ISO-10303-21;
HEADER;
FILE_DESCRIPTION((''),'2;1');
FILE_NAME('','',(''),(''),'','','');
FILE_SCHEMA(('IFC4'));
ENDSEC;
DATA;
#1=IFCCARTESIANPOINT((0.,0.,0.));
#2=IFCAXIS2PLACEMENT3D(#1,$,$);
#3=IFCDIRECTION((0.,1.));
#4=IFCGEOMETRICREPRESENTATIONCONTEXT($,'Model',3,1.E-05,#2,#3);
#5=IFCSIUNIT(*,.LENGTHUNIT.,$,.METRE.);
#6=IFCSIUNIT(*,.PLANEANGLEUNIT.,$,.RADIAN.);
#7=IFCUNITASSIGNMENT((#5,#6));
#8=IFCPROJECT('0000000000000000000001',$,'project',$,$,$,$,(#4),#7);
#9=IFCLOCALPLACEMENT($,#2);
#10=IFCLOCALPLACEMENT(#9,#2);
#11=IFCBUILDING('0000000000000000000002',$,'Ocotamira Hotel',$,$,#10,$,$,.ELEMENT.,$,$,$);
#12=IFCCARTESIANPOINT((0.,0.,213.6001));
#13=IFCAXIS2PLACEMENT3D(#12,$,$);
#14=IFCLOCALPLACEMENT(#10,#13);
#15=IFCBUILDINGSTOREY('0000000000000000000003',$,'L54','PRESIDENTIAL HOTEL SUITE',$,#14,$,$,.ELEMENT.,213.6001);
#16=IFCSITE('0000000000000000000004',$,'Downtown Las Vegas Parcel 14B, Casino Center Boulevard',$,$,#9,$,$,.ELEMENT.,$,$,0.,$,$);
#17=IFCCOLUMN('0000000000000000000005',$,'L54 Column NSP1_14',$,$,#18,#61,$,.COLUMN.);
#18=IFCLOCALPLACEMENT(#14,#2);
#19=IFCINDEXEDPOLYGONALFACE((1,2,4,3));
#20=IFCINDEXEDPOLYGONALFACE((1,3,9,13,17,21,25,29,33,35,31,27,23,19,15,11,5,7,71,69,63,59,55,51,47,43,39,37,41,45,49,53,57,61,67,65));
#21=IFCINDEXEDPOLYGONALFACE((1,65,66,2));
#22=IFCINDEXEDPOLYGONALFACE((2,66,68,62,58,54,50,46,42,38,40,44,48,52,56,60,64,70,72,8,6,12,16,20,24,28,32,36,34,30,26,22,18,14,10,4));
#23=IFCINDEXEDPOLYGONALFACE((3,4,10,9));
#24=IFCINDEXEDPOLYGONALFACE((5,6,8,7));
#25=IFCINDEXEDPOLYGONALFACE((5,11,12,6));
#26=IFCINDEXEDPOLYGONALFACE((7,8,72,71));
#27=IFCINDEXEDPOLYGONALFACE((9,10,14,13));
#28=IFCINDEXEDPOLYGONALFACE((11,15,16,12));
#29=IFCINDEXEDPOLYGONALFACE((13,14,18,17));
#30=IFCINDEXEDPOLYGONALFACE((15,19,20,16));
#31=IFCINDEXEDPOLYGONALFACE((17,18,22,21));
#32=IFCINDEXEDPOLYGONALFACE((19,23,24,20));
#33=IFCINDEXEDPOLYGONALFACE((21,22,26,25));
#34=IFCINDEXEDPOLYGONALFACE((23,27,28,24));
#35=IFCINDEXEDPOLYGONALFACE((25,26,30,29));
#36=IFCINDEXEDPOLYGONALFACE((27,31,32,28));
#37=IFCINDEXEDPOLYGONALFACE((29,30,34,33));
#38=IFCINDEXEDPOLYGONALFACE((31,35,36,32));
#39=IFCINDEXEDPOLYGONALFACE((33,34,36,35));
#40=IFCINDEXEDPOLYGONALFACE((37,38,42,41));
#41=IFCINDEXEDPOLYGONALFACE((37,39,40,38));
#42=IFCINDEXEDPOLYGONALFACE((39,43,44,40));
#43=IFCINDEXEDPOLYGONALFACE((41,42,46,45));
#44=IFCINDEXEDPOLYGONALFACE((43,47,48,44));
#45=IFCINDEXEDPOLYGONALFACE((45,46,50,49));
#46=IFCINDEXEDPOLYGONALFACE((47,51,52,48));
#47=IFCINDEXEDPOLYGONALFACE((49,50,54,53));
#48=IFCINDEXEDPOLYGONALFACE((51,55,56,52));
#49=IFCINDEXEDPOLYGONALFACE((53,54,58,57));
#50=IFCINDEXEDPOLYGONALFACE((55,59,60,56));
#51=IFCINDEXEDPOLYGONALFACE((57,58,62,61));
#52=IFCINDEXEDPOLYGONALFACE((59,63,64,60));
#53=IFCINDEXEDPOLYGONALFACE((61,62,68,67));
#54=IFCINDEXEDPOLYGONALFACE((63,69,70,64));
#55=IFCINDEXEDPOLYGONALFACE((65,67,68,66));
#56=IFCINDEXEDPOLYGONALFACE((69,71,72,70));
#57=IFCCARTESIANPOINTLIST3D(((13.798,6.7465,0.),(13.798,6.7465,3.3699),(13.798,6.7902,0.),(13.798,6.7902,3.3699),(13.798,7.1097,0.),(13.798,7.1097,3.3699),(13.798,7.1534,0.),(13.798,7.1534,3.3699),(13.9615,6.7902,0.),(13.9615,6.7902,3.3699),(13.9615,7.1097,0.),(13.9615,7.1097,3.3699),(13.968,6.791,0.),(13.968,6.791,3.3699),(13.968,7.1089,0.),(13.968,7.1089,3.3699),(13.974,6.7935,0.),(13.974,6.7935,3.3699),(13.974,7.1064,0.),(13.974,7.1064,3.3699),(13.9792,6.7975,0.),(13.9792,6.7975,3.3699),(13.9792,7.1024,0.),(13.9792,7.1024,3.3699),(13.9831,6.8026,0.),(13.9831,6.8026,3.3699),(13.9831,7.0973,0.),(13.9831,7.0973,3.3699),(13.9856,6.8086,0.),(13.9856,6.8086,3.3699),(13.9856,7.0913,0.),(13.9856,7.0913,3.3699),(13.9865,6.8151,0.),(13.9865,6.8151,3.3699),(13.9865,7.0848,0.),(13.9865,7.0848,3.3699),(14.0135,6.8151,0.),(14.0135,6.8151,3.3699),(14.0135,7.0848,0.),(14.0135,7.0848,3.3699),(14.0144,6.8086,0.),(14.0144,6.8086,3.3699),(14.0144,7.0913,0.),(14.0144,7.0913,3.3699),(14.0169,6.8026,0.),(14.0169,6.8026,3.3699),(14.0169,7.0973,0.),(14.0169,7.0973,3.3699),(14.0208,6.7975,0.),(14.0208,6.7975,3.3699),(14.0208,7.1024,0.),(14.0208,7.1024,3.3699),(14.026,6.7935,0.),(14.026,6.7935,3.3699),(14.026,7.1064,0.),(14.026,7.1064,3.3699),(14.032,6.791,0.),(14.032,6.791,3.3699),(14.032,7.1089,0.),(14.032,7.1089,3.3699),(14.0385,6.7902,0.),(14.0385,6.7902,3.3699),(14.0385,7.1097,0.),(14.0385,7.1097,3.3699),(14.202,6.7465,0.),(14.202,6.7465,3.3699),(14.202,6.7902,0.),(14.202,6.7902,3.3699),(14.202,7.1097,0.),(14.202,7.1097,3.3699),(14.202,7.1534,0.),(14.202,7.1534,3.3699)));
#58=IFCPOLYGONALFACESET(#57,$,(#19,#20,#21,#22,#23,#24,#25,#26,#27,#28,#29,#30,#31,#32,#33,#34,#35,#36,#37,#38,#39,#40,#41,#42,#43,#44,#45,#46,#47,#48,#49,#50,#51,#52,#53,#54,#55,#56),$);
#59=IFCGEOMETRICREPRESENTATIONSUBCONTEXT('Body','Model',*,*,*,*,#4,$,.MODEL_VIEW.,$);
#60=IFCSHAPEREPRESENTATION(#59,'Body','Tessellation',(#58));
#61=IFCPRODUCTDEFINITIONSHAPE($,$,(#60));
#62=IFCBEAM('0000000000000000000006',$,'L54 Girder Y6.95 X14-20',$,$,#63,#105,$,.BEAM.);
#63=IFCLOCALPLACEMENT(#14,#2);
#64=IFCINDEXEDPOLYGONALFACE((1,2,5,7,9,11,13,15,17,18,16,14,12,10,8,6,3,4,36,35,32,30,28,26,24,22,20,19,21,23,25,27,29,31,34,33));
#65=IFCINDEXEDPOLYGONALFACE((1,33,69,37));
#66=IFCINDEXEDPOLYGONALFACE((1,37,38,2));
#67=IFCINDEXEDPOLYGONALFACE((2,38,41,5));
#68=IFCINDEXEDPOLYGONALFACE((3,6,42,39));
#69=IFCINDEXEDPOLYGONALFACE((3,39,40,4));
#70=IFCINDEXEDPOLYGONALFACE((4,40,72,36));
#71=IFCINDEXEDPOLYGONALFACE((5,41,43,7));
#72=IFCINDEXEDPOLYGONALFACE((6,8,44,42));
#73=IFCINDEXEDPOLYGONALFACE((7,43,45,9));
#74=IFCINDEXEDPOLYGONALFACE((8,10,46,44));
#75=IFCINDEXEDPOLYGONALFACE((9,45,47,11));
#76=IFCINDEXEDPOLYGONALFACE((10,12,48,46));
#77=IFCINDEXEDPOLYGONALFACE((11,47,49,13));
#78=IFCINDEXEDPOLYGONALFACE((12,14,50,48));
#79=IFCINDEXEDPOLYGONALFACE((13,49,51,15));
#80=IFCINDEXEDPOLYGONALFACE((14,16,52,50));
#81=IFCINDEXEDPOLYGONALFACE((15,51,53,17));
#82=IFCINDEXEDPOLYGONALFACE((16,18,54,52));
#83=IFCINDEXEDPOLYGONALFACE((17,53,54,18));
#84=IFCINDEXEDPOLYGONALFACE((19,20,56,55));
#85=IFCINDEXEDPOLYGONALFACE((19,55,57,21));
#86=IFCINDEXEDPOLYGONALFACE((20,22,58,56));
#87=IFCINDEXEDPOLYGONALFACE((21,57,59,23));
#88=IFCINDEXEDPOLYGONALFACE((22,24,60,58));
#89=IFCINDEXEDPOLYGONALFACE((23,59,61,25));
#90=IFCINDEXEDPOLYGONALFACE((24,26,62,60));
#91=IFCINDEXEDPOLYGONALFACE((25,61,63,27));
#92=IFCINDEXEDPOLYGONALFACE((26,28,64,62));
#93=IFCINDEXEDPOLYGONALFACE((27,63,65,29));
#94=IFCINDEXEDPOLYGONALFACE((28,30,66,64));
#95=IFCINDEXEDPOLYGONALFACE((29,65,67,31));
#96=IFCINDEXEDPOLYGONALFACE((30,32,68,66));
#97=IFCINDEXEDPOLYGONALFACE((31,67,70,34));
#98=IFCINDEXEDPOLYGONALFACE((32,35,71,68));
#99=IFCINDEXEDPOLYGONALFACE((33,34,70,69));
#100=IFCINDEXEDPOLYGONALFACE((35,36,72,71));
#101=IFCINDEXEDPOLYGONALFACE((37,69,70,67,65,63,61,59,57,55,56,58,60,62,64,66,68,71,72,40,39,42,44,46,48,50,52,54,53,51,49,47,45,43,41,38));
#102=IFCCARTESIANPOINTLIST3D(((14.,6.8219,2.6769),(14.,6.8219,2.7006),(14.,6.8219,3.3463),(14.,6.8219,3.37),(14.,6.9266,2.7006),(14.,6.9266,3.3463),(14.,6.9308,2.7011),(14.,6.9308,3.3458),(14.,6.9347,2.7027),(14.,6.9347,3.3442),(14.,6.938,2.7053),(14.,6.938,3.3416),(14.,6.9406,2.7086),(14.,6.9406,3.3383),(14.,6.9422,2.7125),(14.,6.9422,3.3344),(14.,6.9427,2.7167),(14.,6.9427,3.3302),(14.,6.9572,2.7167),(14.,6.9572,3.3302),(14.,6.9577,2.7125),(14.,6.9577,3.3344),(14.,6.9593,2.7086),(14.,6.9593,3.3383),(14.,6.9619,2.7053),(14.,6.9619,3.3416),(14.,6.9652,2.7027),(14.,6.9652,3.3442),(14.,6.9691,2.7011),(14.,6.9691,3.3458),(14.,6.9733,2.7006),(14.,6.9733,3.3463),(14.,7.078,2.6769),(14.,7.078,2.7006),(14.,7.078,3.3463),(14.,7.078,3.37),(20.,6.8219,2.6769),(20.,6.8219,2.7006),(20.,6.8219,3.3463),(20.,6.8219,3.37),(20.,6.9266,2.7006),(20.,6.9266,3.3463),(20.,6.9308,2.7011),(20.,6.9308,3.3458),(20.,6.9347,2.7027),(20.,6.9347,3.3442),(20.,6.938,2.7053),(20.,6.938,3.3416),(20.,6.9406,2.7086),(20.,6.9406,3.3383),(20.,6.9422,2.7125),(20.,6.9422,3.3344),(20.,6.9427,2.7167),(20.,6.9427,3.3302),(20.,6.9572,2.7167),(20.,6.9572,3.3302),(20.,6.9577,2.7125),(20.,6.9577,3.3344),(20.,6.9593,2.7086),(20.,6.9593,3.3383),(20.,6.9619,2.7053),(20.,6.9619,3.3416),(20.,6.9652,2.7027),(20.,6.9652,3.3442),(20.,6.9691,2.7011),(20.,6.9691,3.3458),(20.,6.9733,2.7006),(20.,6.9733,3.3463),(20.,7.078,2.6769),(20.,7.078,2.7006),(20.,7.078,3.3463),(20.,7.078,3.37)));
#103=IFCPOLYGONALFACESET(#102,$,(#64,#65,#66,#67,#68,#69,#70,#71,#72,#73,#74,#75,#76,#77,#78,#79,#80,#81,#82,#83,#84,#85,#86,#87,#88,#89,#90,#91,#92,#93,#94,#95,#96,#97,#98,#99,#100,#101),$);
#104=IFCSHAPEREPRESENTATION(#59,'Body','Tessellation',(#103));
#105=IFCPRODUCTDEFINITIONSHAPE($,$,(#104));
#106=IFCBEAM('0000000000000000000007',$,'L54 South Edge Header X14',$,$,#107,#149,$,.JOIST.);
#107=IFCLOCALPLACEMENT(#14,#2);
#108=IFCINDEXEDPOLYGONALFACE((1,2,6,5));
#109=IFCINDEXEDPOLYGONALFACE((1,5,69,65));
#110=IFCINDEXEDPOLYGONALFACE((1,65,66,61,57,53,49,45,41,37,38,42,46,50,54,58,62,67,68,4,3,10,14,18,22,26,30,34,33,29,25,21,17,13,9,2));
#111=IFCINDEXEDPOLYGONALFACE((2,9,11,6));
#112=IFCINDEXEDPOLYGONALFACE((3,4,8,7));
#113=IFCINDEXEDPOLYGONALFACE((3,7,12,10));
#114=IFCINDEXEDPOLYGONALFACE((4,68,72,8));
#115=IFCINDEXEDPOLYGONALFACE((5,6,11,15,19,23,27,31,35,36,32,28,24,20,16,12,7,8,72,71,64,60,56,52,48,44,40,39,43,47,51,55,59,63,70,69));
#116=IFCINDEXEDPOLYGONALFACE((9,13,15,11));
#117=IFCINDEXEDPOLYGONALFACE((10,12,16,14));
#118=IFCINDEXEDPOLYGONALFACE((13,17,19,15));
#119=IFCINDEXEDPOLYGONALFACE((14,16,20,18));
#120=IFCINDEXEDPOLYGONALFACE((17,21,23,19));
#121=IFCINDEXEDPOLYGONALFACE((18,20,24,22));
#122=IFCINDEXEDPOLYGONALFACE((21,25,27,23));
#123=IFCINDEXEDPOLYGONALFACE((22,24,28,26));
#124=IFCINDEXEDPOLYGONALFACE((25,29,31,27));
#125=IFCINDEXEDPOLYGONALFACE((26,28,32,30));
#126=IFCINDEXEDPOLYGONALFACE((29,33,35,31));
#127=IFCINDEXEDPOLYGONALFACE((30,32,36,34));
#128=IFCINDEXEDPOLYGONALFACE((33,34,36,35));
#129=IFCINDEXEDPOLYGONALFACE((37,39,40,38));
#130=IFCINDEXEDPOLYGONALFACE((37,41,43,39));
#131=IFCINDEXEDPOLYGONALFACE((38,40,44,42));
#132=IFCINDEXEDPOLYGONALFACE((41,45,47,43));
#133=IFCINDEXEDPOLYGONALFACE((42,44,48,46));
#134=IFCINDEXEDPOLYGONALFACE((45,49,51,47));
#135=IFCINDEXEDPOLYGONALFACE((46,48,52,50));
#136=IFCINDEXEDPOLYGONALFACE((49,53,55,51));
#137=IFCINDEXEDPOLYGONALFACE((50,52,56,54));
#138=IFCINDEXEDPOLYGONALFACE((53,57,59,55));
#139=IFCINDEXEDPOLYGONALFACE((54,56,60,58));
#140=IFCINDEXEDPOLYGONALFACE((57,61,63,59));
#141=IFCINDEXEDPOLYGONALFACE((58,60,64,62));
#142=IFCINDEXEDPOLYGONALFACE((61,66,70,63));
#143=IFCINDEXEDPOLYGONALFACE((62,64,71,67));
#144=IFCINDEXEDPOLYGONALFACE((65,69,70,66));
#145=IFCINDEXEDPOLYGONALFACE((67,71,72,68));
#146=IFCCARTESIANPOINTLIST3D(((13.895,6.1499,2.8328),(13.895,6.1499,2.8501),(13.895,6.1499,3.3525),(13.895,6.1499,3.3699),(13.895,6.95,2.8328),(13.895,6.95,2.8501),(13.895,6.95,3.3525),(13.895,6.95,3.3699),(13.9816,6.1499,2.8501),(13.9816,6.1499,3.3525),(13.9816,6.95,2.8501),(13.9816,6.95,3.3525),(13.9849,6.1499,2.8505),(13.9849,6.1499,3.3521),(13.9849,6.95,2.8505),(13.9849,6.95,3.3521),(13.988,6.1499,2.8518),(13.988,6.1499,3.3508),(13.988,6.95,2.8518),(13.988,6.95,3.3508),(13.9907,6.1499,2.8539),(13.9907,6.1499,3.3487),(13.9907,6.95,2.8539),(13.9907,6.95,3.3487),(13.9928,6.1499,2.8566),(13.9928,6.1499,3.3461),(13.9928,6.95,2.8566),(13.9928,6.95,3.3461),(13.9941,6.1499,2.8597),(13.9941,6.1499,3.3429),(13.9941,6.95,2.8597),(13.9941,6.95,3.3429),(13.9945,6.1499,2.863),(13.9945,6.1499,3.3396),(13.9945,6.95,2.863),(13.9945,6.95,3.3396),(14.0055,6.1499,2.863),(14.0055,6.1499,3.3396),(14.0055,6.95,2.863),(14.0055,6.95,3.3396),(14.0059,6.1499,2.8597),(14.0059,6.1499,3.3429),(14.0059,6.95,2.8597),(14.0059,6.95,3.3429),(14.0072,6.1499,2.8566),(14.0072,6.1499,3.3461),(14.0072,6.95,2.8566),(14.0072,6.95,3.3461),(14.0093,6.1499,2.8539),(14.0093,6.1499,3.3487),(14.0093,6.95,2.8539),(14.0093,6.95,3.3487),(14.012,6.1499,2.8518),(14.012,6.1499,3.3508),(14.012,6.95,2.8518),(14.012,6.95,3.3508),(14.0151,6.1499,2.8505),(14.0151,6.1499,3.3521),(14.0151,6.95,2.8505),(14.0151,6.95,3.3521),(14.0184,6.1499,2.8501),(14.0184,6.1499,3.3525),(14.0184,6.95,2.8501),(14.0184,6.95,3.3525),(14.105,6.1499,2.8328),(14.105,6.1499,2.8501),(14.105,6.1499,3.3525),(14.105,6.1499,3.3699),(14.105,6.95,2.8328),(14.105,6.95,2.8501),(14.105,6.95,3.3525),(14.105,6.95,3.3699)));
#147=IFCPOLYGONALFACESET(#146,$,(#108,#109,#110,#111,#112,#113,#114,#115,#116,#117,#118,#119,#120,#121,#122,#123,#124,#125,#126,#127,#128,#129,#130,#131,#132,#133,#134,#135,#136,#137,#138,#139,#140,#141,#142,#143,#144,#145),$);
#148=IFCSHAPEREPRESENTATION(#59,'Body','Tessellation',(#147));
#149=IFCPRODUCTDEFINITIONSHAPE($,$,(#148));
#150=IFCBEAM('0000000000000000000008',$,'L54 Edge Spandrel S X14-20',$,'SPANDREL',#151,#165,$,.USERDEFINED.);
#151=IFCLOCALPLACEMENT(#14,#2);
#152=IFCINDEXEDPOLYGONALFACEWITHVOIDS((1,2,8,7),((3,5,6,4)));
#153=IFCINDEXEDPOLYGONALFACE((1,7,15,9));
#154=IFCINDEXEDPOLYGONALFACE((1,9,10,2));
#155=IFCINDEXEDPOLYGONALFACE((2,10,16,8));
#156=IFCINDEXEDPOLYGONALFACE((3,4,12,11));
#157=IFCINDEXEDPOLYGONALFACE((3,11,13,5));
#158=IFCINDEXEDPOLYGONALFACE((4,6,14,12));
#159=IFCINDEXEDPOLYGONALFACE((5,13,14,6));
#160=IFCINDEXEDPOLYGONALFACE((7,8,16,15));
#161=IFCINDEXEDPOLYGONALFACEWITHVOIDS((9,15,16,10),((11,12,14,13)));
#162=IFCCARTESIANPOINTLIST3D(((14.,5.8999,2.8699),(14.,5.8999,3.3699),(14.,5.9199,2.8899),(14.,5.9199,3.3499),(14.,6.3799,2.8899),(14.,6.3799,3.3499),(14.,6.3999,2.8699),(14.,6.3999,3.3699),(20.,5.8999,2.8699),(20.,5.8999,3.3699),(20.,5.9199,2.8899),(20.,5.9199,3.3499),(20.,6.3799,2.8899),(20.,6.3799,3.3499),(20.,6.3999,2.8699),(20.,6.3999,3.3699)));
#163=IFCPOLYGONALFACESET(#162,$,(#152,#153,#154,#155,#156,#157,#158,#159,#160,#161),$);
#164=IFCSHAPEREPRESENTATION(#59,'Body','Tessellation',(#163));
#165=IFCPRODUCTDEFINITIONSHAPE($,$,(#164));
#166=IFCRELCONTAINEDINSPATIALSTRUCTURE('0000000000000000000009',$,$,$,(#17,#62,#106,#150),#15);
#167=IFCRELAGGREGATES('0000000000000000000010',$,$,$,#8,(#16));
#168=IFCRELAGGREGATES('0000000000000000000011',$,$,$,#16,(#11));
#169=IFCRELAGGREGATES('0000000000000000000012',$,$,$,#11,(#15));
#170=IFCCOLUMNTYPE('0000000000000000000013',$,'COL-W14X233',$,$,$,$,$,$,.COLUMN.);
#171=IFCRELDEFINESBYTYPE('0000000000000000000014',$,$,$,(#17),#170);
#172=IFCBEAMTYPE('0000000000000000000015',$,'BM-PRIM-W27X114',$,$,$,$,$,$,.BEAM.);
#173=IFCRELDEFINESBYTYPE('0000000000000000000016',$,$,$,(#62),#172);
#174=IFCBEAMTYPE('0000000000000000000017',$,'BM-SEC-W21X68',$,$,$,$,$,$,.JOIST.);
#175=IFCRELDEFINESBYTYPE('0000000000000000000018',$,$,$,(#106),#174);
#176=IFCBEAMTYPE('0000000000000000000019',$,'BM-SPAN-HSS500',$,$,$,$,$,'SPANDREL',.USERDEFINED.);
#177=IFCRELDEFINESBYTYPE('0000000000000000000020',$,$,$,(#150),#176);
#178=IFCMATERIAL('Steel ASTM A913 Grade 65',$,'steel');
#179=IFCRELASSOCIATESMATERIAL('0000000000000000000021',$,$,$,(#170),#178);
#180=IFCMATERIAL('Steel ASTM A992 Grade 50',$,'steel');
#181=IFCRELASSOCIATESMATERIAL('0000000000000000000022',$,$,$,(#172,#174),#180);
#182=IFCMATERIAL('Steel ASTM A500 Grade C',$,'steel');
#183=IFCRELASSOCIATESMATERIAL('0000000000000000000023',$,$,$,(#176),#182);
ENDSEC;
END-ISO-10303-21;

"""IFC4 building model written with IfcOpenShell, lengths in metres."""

from ifc_helpers import new_model, si_unit, direction, frame, origin, origin_2d, place, context, subcontext, project, spatial, hollow_rectangle, i_section, extrude, source, transform, mapped, material, material_profile, profile_set, type_object, element, save


model = new_model("IFC4")

# Units and contexts
model_context = context("Model", 3, precision=1e-05, world=origin(), true_north=direction((0.0, 1.0)))
body_context = subcontext(model_context, "Body", "Model", "MODEL_VIEW")
ifc_project = project(units=[si_unit("LENGTHUNIT", "METRE"), si_unit("PLANEANGLEUNIT", "RADIAN")], contexts=[model_context])

# Site, building, storey
site_placement = place(None, origin())
site = spatial("IfcSite", under=ifc_project, at=site_placement, Name="Downtown Las Vegas Parcel 14B, Casino Center Boulevard", CompositionType="ELEMENT", RefElevation=0.0)
building_placement = place(site_placement, origin())
building = spatial("IfcBuilding", under=site, at=building_placement, Name="Ocotamira Hotel", CompositionType="ELEMENT")
storey_placement = place(building_placement, frame((0.0, 0.0, 213.6001)))
storey = spatial("IfcBuildingStorey", under=building, at=storey_placement, Name="L54", Description="PRESIDENTIAL HOTEL SUITE", CompositionType="ELEMENT", Elevation=213.6001)

# Column
ifc_material_1 = material(Name="Steel ASTM A913 Grade 65", Category="steel")
ifc_material_profile_1 = material_profile(ifc_material_1, i_section(OverallWidth=0.4041, OverallDepth=0.407, WebThickness=0.0271, FlangeThickness=0.0437, FilletRadius=0.0249, at=origin_2d()), Name="W14X233")
ifc_profile_set_1 = profile_set([ifc_material_profile_1], Name="Steel ASTM A913 Grade 65")
column_type = type_object("IfcColumnType", Name="COL-W14X233", PredefinedType="COLUMN", material=ifc_profile_set_1)
shared_shape_1 = source(origin(), body_context, "Body", "SweptSolid", [
    extrude(i_section(OverallWidth=0.4041, OverallDepth=0.407, WebThickness=0.0271, FlangeThickness=0.0437, FilletRadius=0.0249, at=origin_2d()), origin(), (0.0, 0.0, 1.0), 3.3699),
])
column_placement = place(storey_placement, frame((14.0, 6.95, 0.0), z_axis=(0.0, 0.0, 1.0), x_axis=(1.0, 0.0, 0.0)))
element("IfcColumn", 1, at=column_placement, inside=storey, type_object=column_type, Name="L54 Column NSP1_14", PredefinedType="COLUMN", context=body_context, shape_type="MappedRepresentation", body=[
    mapped(shared_shape_1, transform((0.0, 0.0, 0.0), scale=1.0)),
])

# Beams
ifc_material_2 = material(Name="Steel ASTM A992 Grade 50", Category="steel")
ifc_material_profile_2 = material_profile(ifc_material_2, i_section(OverallWidth=0.2561, OverallDepth=0.6931, WebThickness=0.0144, FlangeThickness=0.0237, FilletRadius=0.0161, at=origin_2d()), Name="W27X114")
ifc_profile_set_2 = profile_set([ifc_material_profile_2], Name="Steel ASTM A992 Grade 50")
beam_type_1 = type_object("IfcBeamType", Name="BM-PRIM-W27X114", PredefinedType="BEAM", material=ifc_profile_set_2)
shared_shape_2 = source(origin(), body_context, "Body", "SweptSolid", [
    extrude(i_section(OverallWidth=0.2561, OverallDepth=0.6931, WebThickness=0.0144, FlangeThickness=0.0237, FilletRadius=0.0161, at=origin_2d()), origin(), (0.0, 0.0, 1.0), 6.0),
])
beam_1_placement = place(storey_placement, frame((14.0, 6.95, 3.0234), z_axis=(1.0, 0.0, 0.0), x_axis=(0.0, 1.0, 0.0)))
element("IfcBeam", 2, at=beam_1_placement, inside=storey, type_object=beam_type_1, Name="L54 Girder Y6.95 X14-20", PredefinedType="BEAM", context=body_context, shape_type="MappedRepresentation", body=[
    mapped(shared_shape_2, transform((0.0, 0.0, 0.0), scale=1.0)),
])
ifc_material_profile_3 = material_profile(ifc_material_2, i_section(OverallWidth=0.21, OverallDepth=0.5371, WebThickness=0.011, FlangeThickness=0.0173, FilletRadius=0.0129, at=origin_2d()), Name="W21X68")
ifc_profile_set_3 = profile_set([ifc_material_profile_3], Name="Steel ASTM A992 Grade 50")
beam_type_2 = type_object("IfcBeamType", Name="BM-SEC-W21X68", PredefinedType="JOIST", material=ifc_profile_set_3)
shared_shape_3 = source(origin(), body_context, "Body", "SweptSolid", [
    extrude(i_section(OverallWidth=0.21, OverallDepth=0.5371, WebThickness=0.011, FlangeThickness=0.0173, FilletRadius=0.0129, at=origin_2d()), origin(), (0.0, 0.0, 1.0), 0.8),
])
beam_2_placement = place(storey_placement, frame((14.0, 6.95, 3.1013), z_axis=(0.0, -1.0, 0.0), x_axis=(1.0, 0.0, 0.0)))
element("IfcBeam", 3, at=beam_2_placement, inside=storey, type_object=beam_type_2, Name="L54 South Edge Header X14", PredefinedType="JOIST", context=body_context, shape_type="MappedRepresentation", body=[
    mapped(shared_shape_3, transform((0.0, 0.0, 0.0), scale=1.0)),
])
ifc_material_3 = material(Name="Steel ASTM A500 Grade C", Category="steel")
ifc_material_profile_4 = material_profile(ifc_material_3, hollow_rectangle(XDim=0.5, YDim=0.5, WallThickness=0.02, at=origin_2d()), Name="HSS500X500X20")
ifc_profile_set_4 = profile_set([ifc_material_profile_4], Name="Steel ASTM A500 Grade C")
beam_type_3 = type_object("IfcBeamType", Name="BM-SPAN-HSS500", ElementType="SPANDREL", PredefinedType="USERDEFINED", material=ifc_profile_set_4)
shared_shape_4 = source(origin(), body_context, "Body", "SweptSolid", [
    extrude(hollow_rectangle(XDim=0.5, YDim=0.5, WallThickness=0.02, at=origin_2d()), origin(), (0.0, 0.0, 1.0), 6.0),
])
beam_3_placement = place(storey_placement, frame((14.0, 6.1499, 3.1199), z_axis=(1.0, 0.0, 0.0), x_axis=(0.0, 1.0, 0.0)))
element("IfcBeam", 4, at=beam_3_placement, inside=storey, type_object=beam_type_3, Name="L54 Edge Spandrel S X14-20", ObjectType="SPANDREL", PredefinedType="USERDEFINED", context=body_context, shape_type="MappedRepresentation", body=[
    mapped(shared_shape_4, transform((0.0, 0.0, 0.0), scale=1.0)),
])

save(model, "model.ifc")
